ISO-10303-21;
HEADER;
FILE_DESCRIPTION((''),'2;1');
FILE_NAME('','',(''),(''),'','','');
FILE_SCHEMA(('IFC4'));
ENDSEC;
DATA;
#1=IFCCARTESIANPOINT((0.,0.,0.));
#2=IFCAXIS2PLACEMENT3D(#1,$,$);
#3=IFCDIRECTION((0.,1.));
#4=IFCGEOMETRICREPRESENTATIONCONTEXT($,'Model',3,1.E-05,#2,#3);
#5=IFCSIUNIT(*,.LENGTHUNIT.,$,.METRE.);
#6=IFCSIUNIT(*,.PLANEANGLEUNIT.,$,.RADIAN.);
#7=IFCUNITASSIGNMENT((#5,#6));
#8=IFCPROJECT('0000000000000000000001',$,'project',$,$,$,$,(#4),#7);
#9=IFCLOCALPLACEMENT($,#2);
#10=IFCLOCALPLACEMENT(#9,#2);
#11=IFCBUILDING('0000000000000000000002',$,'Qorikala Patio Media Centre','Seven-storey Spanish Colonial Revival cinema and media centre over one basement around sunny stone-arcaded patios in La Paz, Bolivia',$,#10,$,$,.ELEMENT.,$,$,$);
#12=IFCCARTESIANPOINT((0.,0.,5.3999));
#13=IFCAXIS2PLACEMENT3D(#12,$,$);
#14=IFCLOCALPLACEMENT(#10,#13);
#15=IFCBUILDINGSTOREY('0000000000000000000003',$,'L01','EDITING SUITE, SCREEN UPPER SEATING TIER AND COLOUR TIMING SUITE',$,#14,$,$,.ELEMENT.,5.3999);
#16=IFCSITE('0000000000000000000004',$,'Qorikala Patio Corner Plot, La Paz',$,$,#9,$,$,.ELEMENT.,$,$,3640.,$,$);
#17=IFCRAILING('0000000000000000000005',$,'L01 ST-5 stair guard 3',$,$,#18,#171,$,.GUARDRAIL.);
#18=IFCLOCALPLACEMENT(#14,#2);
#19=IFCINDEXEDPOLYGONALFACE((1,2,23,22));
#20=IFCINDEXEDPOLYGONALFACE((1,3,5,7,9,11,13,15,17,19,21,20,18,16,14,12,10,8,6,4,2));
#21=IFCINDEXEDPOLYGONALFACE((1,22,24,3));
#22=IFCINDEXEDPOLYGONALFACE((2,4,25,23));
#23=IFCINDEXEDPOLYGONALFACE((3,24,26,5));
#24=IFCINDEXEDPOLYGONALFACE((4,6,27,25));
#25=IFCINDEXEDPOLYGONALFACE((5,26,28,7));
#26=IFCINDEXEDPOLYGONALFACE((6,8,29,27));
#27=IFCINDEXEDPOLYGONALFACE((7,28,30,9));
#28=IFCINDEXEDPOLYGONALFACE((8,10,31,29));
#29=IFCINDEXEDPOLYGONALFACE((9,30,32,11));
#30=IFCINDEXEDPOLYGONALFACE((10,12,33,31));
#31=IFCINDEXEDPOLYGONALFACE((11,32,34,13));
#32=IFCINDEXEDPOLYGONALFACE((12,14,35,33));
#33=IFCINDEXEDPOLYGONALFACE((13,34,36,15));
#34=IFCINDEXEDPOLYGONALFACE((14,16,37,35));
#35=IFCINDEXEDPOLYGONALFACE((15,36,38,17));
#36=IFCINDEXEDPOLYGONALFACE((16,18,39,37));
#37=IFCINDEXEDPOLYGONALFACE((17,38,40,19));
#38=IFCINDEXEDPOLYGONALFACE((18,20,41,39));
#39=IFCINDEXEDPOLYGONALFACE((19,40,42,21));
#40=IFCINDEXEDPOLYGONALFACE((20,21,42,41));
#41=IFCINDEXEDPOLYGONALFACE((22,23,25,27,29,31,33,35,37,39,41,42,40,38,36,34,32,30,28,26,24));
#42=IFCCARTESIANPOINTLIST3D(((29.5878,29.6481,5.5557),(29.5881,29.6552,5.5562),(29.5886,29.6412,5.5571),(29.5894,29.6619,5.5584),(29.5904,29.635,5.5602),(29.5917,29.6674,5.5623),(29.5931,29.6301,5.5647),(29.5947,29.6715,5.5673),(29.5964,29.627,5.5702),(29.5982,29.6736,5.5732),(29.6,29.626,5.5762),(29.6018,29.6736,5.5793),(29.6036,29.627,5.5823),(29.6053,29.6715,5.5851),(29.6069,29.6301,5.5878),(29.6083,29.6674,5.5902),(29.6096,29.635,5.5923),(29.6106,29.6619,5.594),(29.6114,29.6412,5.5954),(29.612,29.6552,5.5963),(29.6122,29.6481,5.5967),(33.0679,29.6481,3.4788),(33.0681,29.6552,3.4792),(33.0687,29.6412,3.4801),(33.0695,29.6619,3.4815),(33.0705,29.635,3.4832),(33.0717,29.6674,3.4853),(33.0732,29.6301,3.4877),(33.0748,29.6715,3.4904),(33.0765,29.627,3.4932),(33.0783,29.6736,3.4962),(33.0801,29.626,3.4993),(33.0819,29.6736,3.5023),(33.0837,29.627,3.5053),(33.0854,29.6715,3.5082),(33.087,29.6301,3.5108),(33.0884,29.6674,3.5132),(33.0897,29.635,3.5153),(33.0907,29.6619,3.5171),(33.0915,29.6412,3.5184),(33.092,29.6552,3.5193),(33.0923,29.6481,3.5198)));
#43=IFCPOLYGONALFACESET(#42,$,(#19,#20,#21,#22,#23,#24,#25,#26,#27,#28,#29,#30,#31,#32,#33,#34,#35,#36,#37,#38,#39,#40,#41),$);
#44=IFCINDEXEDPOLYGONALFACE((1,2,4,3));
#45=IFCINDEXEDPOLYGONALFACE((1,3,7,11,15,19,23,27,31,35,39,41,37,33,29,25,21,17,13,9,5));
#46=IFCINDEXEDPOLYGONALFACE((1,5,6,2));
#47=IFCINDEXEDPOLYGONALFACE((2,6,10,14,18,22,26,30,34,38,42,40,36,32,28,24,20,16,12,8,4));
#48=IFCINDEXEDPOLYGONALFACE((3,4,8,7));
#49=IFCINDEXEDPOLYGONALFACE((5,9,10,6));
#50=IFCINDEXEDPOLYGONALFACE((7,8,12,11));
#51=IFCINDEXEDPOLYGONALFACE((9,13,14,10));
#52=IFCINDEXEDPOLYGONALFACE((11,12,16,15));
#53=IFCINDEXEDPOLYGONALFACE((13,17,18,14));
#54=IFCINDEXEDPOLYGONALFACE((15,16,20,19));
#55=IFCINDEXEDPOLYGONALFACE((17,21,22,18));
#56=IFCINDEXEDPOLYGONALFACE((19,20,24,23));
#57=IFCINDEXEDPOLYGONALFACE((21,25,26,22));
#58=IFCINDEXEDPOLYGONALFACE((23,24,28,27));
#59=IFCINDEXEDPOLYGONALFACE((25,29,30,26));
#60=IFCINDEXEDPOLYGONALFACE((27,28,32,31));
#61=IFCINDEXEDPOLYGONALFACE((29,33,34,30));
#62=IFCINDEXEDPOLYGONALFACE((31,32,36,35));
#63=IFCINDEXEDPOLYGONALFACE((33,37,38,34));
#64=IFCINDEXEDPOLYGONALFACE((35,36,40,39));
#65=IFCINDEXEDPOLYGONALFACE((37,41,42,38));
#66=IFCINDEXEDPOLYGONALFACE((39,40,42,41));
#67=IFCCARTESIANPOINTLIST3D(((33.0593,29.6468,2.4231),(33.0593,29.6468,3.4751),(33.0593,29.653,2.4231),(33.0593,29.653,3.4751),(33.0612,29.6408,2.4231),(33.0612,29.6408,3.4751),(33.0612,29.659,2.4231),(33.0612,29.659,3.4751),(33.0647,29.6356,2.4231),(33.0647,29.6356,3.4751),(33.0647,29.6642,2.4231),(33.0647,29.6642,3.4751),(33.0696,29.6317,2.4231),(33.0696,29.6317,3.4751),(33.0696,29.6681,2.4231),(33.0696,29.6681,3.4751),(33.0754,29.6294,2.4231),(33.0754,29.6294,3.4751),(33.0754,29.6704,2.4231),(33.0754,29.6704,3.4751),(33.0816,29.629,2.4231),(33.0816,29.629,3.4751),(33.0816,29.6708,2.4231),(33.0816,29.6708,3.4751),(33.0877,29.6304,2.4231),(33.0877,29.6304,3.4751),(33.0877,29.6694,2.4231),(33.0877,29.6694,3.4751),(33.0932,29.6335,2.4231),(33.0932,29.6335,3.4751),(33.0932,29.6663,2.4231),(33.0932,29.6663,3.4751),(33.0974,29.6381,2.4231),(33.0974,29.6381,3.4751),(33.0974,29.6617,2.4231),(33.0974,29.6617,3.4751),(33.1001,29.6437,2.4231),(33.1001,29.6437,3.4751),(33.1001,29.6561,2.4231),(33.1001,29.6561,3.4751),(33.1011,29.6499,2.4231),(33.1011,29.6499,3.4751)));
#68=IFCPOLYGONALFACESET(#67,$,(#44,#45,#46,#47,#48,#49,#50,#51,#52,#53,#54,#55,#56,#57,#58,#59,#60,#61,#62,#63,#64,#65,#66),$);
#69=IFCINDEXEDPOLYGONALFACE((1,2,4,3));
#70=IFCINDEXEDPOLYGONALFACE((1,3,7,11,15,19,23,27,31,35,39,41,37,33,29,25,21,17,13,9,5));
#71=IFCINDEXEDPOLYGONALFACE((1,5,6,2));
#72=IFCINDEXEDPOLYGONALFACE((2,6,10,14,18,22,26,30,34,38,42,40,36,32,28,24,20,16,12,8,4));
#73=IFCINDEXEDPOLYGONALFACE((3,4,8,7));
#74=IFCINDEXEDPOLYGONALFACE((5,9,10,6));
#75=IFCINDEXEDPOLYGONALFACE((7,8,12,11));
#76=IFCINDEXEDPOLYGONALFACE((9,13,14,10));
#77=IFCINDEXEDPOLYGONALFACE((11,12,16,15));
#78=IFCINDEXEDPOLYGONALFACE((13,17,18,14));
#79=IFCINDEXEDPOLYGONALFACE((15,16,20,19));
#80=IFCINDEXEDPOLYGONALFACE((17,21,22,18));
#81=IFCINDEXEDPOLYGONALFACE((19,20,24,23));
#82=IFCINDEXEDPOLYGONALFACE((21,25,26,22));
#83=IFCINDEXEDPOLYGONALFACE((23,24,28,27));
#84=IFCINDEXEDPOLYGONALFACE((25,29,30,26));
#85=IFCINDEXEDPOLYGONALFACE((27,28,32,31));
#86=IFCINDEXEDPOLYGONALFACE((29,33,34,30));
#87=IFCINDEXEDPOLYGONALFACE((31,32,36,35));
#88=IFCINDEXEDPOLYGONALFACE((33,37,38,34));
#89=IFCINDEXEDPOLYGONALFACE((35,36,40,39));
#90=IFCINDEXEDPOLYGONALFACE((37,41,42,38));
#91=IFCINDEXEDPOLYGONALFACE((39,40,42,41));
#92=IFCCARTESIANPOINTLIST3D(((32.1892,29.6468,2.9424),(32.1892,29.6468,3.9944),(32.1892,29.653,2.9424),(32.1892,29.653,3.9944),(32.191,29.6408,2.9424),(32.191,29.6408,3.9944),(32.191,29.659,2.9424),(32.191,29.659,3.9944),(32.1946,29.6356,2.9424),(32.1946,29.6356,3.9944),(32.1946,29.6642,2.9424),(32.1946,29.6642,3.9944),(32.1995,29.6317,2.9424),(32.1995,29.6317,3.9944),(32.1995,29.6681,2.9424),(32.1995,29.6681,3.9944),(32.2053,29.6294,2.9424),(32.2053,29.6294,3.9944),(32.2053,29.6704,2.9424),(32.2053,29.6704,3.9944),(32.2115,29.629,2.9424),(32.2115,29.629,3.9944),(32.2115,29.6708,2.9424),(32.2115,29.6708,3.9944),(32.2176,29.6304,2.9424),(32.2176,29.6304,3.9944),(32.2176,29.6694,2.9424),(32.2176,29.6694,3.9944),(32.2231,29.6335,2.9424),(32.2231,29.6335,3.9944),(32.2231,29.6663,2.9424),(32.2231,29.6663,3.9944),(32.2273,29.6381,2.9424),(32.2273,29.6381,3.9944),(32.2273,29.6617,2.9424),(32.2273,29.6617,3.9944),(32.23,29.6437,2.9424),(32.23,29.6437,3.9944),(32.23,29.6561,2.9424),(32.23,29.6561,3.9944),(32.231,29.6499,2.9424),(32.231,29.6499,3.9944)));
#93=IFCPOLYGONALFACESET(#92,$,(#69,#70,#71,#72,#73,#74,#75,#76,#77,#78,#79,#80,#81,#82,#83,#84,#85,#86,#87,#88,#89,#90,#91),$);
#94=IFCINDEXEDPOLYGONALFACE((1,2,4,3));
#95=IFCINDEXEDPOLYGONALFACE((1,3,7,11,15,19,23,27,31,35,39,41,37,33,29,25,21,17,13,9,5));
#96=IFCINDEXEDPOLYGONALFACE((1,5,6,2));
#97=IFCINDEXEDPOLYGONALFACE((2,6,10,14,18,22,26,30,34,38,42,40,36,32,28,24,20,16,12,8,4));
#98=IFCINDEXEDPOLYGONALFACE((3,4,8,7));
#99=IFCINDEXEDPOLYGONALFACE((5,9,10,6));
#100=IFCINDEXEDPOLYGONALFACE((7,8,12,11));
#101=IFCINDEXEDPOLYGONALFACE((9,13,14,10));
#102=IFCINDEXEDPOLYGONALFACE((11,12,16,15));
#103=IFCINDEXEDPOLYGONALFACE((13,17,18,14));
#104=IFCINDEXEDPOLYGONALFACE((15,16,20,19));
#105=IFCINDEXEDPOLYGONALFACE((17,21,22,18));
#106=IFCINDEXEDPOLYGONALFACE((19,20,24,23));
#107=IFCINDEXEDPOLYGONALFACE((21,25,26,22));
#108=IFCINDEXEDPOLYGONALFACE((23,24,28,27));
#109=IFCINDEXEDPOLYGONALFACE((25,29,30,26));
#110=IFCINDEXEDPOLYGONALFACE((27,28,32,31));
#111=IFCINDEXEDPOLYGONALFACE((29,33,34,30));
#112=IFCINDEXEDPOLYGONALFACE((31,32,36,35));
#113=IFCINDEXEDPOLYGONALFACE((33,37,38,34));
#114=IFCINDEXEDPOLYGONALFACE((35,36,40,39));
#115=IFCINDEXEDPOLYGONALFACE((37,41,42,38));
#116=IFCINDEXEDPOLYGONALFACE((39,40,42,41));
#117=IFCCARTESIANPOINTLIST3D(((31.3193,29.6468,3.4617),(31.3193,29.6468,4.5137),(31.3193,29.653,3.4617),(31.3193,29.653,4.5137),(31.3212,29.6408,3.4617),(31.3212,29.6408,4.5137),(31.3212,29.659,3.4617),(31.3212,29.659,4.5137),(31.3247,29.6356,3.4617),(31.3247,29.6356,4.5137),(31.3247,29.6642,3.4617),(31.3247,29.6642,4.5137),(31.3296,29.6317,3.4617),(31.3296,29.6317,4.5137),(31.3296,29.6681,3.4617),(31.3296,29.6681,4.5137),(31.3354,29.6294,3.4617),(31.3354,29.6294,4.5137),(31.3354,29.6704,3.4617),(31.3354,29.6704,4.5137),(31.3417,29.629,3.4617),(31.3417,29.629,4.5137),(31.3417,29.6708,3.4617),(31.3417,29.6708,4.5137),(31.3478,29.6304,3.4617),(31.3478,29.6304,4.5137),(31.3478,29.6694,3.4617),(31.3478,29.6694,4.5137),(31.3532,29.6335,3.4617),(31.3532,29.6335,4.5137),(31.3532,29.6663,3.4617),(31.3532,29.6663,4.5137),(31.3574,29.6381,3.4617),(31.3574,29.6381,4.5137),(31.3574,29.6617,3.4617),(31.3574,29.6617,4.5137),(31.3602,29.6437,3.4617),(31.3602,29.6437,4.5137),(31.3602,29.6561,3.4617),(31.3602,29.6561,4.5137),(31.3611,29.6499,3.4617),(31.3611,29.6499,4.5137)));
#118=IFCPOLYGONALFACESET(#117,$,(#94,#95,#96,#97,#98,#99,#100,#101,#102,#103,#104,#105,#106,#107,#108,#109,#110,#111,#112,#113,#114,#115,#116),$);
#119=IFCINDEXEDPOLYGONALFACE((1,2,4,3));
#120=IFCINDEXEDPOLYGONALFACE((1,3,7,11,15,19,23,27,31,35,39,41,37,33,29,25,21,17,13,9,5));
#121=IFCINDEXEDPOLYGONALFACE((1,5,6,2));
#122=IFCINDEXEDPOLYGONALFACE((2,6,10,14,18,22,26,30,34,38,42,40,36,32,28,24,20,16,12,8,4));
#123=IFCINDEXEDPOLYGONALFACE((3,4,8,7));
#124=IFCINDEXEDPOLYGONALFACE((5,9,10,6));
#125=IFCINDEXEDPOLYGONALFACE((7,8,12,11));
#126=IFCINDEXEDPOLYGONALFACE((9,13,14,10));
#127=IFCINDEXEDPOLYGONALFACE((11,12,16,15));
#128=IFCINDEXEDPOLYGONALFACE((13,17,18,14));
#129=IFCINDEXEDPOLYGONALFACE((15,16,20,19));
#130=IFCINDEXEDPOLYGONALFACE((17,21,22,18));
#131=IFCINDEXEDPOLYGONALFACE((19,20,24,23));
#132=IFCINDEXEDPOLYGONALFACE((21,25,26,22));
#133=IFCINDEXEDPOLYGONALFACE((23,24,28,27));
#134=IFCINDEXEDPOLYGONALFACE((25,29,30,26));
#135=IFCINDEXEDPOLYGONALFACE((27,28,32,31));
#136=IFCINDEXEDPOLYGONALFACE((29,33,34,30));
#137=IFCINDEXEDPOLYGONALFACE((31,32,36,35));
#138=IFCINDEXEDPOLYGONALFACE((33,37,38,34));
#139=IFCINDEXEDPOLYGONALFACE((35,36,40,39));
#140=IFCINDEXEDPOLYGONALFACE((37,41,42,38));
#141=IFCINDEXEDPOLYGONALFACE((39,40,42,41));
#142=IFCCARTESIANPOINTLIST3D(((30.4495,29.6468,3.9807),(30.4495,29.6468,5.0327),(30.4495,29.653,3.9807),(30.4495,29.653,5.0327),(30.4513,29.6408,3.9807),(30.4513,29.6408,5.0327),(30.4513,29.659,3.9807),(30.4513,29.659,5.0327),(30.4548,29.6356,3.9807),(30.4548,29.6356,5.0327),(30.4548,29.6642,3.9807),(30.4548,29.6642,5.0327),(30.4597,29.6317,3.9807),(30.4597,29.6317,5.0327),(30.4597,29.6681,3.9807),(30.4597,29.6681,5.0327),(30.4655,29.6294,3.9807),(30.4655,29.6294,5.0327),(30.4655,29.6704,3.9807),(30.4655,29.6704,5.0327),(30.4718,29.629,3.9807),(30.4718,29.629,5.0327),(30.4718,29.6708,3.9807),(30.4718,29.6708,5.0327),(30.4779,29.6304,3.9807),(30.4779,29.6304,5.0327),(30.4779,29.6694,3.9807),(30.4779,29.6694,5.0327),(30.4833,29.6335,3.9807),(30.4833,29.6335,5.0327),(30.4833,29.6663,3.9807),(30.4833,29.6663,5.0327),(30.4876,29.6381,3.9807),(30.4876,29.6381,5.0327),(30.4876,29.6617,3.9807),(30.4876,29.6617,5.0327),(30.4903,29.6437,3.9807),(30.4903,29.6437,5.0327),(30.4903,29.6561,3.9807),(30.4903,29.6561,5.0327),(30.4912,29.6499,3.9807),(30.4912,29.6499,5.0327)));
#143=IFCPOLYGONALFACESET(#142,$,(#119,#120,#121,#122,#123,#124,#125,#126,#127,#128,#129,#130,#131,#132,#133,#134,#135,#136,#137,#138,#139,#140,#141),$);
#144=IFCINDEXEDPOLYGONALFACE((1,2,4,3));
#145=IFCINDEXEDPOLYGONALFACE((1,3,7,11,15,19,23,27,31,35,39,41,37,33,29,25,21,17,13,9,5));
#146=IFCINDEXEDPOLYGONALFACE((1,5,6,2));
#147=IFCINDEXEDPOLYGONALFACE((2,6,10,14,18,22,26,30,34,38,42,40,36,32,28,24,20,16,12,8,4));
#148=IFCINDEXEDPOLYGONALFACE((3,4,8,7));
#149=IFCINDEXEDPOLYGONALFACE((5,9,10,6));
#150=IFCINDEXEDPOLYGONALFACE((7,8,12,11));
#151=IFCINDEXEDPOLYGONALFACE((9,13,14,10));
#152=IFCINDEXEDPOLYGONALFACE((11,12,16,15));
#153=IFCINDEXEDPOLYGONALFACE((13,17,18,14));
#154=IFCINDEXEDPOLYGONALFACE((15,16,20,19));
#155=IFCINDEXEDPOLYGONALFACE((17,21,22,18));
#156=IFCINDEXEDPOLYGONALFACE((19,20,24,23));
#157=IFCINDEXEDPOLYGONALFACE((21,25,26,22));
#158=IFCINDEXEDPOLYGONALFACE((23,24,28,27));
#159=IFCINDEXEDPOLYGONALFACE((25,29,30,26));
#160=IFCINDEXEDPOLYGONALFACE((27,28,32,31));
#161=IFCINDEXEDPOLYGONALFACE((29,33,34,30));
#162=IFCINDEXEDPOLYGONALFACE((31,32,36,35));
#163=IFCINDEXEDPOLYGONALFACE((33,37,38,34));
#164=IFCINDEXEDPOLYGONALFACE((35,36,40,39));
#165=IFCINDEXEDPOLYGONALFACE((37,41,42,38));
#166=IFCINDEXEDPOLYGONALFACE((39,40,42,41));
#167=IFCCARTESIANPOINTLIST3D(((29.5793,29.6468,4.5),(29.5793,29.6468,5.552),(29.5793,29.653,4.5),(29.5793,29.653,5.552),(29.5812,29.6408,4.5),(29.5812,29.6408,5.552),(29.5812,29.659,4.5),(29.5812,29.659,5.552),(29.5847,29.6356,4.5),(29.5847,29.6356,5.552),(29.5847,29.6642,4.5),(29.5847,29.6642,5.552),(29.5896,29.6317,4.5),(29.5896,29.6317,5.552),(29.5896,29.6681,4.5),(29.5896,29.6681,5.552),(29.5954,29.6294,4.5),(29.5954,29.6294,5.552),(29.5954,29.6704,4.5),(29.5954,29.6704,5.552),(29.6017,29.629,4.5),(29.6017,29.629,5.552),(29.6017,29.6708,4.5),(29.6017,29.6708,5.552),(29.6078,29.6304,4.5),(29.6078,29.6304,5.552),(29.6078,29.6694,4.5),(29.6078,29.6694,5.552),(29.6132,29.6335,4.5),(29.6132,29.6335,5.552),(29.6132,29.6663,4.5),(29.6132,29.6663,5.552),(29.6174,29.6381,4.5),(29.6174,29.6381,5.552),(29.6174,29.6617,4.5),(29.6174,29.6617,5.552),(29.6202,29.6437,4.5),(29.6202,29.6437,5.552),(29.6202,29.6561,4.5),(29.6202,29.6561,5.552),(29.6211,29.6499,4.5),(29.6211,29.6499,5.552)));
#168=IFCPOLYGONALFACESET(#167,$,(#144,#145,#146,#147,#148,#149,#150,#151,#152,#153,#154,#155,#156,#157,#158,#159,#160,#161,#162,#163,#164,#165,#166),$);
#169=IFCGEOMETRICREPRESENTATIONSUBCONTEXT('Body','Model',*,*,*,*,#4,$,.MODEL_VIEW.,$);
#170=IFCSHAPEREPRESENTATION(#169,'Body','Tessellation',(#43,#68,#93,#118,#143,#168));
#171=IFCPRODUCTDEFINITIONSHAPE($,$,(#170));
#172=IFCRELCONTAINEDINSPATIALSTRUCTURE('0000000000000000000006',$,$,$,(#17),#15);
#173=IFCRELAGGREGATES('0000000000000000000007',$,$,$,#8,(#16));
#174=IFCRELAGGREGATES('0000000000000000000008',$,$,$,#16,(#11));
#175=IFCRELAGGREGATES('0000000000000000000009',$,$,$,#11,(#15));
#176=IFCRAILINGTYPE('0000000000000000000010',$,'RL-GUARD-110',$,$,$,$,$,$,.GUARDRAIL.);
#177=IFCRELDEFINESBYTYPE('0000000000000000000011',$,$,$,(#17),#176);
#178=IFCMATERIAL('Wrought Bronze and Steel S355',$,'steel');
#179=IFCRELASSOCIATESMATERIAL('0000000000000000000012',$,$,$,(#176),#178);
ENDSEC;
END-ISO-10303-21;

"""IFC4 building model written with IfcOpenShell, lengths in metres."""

from ifc_helpers import new_model, si_unit, direction, frame, origin, origin_2d, place, context, subcontext, project, spatial, circle, extrude, material, type_object, element, save


model = new_model("IFC4")

# Units and contexts
model_context = context("Model", 3, precision=1e-05, world=origin(), true_north=direction((0.0, 1.0)))
body_context = subcontext(model_context, "Body", "Model", "MODEL_VIEW")
ifc_project = project(units=[si_unit("LENGTHUNIT", "METRE"), si_unit("PLANEANGLEUNIT", "RADIAN")], contexts=[model_context])

# Site, building, storey
site_placement = place(None, origin())
site = spatial("IfcSite", under=ifc_project, at=site_placement, Name="Qorikala Patio Corner Plot, La Paz", CompositionType="ELEMENT", RefElevation=3640.0)
building_placement = place(site_placement, origin())
building = spatial("IfcBuilding", under=site, at=building_placement, Name="Qorikala Patio Media Centre", Description="Seven-storey Spanish Colonial Revival cinema and media centre over one basement around sunny stone-arcaded patios in La Paz, Bolivia", CompositionType="ELEMENT")
storey_placement = place(building_placement, frame((0.0, 0.0, 5.3999)))
storey = spatial("IfcBuildingStorey", under=building, at=storey_placement, Name="L01", Description="EDITING SUITE, SCREEN UPPER SEATING TIER AND COLOUR TIMING SUITE", CompositionType="ELEMENT", Elevation=5.3999)

# Railing
ifc_material_1 = material(Name="Wrought Bronze and Steel S355", Category="steel")
railing_type_1 = type_object("IfcRailingType", Name="RL-GUARD-110", PredefinedType="GUARDRAIL", material=ifc_material_1)
railing_1_placement = place(storey_placement, frame((33.0801, 29.6499, 2.4231)))
element("IfcRailing", 1, at=railing_1_placement, inside=storey, type_object=railing_type_1, Name="L01 ST-5 stair guard 3", PredefinedType="GUARDRAIL", context=body_context, shape_type="SweptSolid", body=[
    extrude(circle(Radius=0.0239, at=origin_2d()), frame((0.0, 0.0, 1.0762), z_axis=(-0.858697, 0.0, 0.512483), x_axis=(0.0, -1.0, 0.0)), (0.0, 0.0, 1.0), 4.0527),
    extrude(circle(Radius=0.021, at=origin_2d()), origin(), (0.0, 0.0, 1.0), 1.052),
    extrude(circle(Radius=0.021, at=origin_2d()), frame((-0.8701, 0.0, 0.5193)), (0.0, 0.0, 1.0), 1.052),
    extrude(circle(Radius=0.021, at=origin_2d()), frame((-1.74, 0.0, 1.0386)), (0.0, 0.0, 1.0), 1.052),
    extrude(circle(Radius=0.021, at=origin_2d()), frame((-2.6099, 0.0, 1.5576)), (0.0, 0.0, 1.0), 1.052),
    extrude(circle(Radius=0.021, at=origin_2d()), frame((-3.48, 0.0, 2.0769)), (0.0, 0.0, 1.0), 1.052),
])

save(model, "model.ifc")
